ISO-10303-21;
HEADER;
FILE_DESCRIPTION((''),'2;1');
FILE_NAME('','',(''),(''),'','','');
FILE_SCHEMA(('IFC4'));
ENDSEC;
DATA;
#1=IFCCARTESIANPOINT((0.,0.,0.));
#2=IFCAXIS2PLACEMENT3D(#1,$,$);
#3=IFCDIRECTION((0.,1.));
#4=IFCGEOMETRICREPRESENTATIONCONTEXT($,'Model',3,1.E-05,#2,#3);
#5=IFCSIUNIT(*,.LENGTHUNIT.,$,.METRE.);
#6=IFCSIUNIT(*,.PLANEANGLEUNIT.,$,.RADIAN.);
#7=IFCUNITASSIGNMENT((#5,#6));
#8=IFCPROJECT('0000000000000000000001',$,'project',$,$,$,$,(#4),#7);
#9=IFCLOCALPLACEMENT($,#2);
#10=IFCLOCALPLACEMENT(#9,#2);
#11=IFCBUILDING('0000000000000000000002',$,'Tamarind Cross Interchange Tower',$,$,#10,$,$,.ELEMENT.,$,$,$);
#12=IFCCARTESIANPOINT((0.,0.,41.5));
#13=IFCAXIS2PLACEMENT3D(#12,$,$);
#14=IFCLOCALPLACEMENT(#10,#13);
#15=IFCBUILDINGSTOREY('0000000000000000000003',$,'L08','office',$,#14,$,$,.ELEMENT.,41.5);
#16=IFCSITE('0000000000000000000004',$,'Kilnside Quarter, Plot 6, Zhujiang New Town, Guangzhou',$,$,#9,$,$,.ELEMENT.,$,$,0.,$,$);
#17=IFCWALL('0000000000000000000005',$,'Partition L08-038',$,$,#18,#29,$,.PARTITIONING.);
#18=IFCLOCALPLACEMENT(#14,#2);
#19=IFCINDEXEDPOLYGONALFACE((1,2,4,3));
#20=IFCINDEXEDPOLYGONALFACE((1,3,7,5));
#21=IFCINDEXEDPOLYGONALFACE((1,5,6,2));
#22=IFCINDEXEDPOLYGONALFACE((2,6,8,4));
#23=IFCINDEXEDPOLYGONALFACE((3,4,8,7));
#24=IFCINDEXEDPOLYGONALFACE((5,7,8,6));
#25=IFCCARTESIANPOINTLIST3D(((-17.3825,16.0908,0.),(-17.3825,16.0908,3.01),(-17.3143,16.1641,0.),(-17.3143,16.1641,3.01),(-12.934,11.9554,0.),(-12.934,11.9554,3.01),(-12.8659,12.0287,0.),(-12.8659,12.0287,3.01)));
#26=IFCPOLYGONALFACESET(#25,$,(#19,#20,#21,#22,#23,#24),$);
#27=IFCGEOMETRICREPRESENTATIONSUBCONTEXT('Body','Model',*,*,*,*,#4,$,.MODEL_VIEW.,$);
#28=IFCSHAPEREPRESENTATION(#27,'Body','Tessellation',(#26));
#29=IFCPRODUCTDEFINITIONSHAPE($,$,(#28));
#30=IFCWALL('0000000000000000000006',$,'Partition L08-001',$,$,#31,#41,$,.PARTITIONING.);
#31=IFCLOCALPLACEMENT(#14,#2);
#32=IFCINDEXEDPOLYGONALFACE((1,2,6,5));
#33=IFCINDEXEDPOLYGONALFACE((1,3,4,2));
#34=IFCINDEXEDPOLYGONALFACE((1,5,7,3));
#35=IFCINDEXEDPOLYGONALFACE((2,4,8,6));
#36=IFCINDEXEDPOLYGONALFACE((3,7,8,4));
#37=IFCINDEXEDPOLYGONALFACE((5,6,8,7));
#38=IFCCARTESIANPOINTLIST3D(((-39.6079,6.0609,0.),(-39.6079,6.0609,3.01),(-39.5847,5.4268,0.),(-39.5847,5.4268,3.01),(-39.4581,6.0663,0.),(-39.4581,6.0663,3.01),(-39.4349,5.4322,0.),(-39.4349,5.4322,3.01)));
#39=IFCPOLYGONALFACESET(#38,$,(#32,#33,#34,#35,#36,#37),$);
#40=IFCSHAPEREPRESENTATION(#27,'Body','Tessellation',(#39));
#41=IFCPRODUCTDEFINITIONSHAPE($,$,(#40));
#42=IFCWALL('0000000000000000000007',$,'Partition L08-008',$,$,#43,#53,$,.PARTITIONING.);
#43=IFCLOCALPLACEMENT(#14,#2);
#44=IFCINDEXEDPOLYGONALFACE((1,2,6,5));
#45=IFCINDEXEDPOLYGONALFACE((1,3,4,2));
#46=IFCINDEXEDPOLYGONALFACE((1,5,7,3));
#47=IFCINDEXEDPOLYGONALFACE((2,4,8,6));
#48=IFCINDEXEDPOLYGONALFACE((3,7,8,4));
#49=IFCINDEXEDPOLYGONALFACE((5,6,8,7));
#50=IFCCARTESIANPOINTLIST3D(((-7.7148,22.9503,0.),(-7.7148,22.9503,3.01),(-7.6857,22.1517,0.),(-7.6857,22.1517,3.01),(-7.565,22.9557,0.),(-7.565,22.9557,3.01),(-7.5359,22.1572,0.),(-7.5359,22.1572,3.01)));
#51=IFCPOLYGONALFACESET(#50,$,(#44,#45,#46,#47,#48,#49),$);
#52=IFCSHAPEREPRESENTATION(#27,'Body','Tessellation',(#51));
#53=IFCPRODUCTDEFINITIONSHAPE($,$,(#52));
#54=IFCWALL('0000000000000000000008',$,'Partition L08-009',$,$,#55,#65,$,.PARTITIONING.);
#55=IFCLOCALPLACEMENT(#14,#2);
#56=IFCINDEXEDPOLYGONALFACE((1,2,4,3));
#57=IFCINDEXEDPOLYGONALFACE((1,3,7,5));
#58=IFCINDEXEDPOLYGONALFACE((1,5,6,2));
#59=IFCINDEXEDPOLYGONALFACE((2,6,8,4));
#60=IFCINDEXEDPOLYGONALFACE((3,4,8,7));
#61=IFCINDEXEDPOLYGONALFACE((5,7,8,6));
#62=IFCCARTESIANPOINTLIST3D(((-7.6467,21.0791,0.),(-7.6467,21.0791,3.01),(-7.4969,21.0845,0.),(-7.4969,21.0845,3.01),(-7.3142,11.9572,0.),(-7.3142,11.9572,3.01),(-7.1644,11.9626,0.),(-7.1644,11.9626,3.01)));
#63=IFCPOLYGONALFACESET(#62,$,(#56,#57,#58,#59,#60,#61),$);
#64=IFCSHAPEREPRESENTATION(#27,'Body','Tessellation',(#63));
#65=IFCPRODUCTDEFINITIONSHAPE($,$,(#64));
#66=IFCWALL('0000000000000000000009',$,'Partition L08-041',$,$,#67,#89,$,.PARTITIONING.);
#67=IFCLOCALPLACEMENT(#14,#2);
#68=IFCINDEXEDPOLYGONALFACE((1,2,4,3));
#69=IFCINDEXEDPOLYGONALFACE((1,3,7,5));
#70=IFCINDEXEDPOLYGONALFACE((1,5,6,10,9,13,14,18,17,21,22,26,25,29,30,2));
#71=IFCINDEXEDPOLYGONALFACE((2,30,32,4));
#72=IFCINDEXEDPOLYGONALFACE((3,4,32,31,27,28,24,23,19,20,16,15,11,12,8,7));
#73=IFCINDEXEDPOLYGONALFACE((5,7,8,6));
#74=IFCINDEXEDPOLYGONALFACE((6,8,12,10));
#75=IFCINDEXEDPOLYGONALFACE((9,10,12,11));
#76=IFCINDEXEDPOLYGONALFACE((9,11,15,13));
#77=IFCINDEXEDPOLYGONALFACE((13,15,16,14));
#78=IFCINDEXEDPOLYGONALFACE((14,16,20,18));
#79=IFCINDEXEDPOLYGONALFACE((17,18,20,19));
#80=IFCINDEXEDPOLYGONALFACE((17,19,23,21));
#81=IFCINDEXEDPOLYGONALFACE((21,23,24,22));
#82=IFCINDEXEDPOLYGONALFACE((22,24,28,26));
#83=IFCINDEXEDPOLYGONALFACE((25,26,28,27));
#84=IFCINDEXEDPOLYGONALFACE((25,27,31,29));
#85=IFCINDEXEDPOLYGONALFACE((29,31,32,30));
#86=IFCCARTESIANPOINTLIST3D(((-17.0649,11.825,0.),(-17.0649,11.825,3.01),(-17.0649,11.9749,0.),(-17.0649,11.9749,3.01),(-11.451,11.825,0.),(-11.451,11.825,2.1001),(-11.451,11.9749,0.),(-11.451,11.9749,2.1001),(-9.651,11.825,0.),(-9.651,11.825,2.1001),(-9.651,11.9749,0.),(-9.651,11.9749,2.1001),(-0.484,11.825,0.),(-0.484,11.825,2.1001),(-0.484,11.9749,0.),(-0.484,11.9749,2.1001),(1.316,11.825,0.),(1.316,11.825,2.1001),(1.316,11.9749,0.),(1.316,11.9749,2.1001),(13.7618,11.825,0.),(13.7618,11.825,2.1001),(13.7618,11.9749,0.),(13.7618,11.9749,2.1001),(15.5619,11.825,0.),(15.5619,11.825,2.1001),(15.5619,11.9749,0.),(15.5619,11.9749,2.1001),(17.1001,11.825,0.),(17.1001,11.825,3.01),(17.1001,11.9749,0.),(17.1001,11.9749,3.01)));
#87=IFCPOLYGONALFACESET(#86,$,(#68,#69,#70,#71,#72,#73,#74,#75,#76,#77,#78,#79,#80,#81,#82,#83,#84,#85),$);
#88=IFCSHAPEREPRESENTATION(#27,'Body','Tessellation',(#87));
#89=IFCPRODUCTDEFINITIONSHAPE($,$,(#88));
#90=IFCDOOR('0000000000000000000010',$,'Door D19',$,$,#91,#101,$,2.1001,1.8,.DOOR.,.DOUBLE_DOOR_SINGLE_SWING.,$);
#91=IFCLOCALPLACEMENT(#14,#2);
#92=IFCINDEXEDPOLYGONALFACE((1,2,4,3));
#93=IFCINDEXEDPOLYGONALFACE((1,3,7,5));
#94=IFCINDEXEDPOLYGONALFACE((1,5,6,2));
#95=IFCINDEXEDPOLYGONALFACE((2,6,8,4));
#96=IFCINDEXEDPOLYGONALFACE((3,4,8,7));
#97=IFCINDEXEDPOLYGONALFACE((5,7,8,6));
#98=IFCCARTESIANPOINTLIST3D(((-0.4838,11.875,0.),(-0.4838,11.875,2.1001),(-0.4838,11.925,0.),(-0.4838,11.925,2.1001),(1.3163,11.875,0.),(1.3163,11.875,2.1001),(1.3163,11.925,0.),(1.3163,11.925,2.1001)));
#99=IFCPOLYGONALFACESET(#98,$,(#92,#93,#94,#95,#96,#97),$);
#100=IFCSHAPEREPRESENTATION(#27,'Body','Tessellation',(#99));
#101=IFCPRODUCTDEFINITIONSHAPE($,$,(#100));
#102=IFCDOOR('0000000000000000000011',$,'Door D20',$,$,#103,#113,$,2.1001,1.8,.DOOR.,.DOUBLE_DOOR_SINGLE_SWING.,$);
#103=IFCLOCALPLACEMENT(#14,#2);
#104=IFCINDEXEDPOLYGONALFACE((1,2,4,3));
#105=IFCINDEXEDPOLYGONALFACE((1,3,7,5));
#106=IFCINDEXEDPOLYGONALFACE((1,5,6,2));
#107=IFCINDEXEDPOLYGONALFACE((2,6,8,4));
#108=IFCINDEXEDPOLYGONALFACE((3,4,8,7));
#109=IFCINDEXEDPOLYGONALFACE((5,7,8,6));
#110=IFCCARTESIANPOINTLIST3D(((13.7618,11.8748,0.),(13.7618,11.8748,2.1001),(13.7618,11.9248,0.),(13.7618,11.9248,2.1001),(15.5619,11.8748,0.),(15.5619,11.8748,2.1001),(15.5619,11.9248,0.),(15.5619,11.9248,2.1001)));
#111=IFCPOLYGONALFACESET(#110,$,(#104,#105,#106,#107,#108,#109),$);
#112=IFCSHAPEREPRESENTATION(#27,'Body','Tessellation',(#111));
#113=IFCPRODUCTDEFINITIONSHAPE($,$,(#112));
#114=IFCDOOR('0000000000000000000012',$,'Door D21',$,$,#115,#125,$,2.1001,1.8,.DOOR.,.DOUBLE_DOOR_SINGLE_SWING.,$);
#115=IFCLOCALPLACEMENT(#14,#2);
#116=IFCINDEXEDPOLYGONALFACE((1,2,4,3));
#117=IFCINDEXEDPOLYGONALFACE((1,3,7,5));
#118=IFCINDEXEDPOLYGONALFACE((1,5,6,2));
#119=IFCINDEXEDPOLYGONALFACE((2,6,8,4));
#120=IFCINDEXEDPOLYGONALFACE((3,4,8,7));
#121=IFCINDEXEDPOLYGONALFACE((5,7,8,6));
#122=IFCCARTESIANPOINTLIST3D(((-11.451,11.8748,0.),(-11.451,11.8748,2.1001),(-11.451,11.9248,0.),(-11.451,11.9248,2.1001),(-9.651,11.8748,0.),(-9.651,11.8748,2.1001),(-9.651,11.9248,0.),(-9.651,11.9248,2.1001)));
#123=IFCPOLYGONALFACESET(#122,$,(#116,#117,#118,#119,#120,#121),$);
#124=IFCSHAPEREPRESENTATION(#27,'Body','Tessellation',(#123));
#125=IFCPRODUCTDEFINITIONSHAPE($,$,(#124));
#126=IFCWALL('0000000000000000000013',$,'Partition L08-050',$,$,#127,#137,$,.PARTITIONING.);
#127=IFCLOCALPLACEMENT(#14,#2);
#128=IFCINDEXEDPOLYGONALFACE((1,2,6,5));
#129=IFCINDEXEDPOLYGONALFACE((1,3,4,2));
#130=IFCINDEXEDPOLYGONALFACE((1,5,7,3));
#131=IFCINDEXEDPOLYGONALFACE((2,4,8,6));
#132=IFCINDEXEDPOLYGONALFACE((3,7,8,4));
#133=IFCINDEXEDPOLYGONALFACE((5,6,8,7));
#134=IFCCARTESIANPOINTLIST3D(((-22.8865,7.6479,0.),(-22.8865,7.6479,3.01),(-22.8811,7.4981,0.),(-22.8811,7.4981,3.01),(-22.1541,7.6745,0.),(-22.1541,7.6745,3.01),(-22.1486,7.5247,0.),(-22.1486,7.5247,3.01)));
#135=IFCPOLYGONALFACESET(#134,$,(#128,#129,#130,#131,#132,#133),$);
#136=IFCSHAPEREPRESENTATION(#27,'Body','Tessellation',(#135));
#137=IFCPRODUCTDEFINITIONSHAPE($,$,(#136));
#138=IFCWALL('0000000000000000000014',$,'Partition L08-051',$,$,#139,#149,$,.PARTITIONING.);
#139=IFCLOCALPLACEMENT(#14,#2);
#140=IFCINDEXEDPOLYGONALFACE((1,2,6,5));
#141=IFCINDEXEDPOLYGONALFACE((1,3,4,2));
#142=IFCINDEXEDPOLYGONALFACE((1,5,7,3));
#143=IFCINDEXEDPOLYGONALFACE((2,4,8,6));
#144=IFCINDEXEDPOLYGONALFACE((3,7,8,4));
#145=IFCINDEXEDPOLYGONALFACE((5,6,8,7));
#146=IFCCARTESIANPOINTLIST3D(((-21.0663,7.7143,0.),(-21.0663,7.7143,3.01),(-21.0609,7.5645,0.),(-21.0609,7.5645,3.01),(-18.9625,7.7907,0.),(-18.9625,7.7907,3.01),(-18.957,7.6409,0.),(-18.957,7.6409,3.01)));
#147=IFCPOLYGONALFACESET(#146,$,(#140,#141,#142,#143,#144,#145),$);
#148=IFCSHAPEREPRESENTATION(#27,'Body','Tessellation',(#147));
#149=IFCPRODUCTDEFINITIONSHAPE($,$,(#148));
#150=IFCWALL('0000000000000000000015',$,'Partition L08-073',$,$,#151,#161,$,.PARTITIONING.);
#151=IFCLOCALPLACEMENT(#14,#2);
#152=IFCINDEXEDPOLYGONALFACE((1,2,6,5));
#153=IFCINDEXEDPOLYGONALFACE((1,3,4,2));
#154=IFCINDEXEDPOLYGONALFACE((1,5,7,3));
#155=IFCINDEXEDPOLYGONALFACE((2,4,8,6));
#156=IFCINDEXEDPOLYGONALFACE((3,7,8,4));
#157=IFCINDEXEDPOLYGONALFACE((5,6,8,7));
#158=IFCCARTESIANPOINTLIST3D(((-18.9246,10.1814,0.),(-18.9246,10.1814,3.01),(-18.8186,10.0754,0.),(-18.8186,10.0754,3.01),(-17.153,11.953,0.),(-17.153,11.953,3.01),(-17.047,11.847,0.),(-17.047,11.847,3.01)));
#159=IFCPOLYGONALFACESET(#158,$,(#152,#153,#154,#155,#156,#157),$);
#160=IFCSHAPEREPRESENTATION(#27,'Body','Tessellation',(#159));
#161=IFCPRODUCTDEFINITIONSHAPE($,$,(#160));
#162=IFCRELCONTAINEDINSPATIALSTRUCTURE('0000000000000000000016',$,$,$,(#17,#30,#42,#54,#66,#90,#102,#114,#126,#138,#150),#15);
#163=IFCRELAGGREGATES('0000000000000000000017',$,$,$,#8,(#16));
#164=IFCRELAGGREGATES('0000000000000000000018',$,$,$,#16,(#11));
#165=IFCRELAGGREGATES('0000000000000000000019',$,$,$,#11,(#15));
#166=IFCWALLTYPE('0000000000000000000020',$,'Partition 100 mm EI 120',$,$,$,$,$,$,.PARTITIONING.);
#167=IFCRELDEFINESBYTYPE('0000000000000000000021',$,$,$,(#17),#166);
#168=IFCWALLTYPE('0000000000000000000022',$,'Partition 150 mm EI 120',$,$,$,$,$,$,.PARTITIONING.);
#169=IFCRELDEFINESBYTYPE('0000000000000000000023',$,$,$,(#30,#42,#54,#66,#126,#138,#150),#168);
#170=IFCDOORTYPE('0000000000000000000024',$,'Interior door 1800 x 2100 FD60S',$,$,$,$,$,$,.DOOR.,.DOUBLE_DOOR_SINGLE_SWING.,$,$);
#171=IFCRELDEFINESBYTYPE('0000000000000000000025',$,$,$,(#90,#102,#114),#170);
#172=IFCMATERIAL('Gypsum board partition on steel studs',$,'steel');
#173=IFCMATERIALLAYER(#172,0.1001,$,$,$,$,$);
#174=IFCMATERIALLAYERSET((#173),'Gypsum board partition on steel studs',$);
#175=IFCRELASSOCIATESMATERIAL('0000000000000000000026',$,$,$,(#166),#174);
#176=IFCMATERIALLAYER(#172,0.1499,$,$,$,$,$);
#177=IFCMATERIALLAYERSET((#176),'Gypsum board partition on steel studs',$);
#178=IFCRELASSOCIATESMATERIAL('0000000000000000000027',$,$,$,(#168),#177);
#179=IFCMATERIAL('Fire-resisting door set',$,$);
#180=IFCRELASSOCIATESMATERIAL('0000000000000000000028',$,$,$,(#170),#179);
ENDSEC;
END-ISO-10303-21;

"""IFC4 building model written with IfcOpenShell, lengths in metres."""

from ifc_helpers import new_model, si_unit, direction, frame, frame_2d, origin, place, context, subcontext, project, spatial, rectangle, extrude, material, layer, layer_set, type_object, element, fill, save


model = new_model("IFC4")

# Units and contexts
model_context = context("Model", 3, precision=1e-05, world=origin(), true_north=direction((0.0, 1.0)))
body_context = subcontext(model_context, "Body", "Model", "MODEL_VIEW")
ifc_project = project(units=[si_unit("LENGTHUNIT", "METRE"), si_unit("PLANEANGLEUNIT", "RADIAN")], contexts=[model_context])

# Site, building, storey
site_placement = place(None, origin())
site = spatial("IfcSite", under=ifc_project, at=site_placement, Name="Kilnside Quarter, Plot 6, Zhujiang New Town, Guangzhou", CompositionType="ELEMENT", RefElevation=0.0)
building_placement = place(site_placement, origin())
building = spatial("IfcBuilding", under=site, at=building_placement, Name="Tamarind Cross Interchange Tower", CompositionType="ELEMENT")
storey_placement = place(building_placement, frame((0.0, 0.0, 41.5)))
storey = spatial("IfcBuildingStorey", under=building, at=storey_placement, Name="L08", Description="office", CompositionType="ELEMENT", Elevation=41.5)

# Walls
ifc_material_1 = material(Name="Gypsum board partition on steel studs", Category="steel")
ifc_layer_1 = layer(ifc_material_1, 0.1001)
ifc_layer_set_1 = layer_set([ifc_layer_1], Name="Gypsum board partition on steel studs")
wall_type_1 = type_object("IfcWallType", Name="Partition 100 mm EI 120", PredefinedType="PARTITIONING", material=ifc_layer_set_1)
wall_1_placement = place(storey_placement, frame((-17.3484, 16.1274, 0.0), z_axis=(0.0, 0.0, 1.0), x_axis=(0.732403, -0.680872, 0.0)))
element("IfcWall", 1, at=wall_1_placement, inside=storey, type_object=wall_type_1, Name="Partition L08-038", PredefinedType="PARTITIONING", context=body_context, shape_type="SweptSolid", body=[
    extrude(rectangle(XDim=6.0737, YDim=0.1001, at=frame_2d((3.0369, 0.0))), origin(), (0.0, 0.0, 1.0), 3.01),
])
ifc_layer_2 = layer(ifc_material_1, 0.1499)
ifc_layer_set_2 = layer_set([ifc_layer_2], Name="Gypsum board partition on steel studs")
wall_type_2 = type_object("IfcWallType", Name="Partition 150 mm EI 120", PredefinedType="PARTITIONING", material=ifc_layer_set_2)
wall_2_placement = place(storey_placement, frame((-39.533, 6.0637, 0.0), z_axis=(0.0, 0.0, 1.0), x_axis=(0.036556, -0.999332, 0.0)))
element("IfcWall", 2, at=wall_2_placement, inside=storey, type_object=wall_type_2, Name="Partition L08-001", PredefinedType="PARTITIONING", context=body_context, shape_type="SweptSolid", body=[
    extrude(rectangle(XDim=0.6345, YDim=0.1499, at=frame_2d((0.3174, 0.0))), origin(), (0.0, 0.0, 1.0), 3.01),
])
wall_3_placement = place(storey_placement, frame((-7.6399, 22.9529, 0.0), z_axis=(0.0, 0.0, 1.0), x_axis=(0.036356, -0.999339, 0.0)))
element("IfcWall", 3, at=wall_3_placement, inside=storey, type_object=wall_type_2, Name="Partition L08-008", PredefinedType="PARTITIONING", context=body_context, shape_type="SweptSolid", body=[
    extrude(rectangle(XDim=0.7991, YDim=0.1499, at=frame_2d((0.3994, 0.0))), origin(), (0.0, 0.0, 1.0), 3.01),
])
wall_4_placement = place(storey_placement, frame((-7.5718, 21.0818, 0.0), z_axis=(0.0, 0.0, 1.0), x_axis=(0.036429, -0.999336, 0.0)))
element("IfcWall", 4, at=wall_4_placement, inside=storey, type_object=wall_type_2, Name="Partition L08-009", PredefinedType="PARTITIONING", context=body_context, shape_type="SweptSolid", body=[
    extrude(rectangle(XDim=9.1279, YDim=0.1499, at=frame_2d((4.564, 0.0))), origin(), (0.0, 0.0, 1.0), 3.01),
])

# Wall, openings, doors
wall_5_placement = place(storey_placement, frame((-17.0649, 11.8999, 0.0), z_axis=(0.0, 0.0, 1.0), x_axis=(1.0, 0.0, 0.0)))
wall_5 = element("IfcWall", 5, at=wall_5_placement, inside=storey, type_object=wall_type_2, Name="Partition L08-041", PredefinedType="PARTITIONING", context=body_context, shape_type="SweptSolid", body=[
    extrude(rectangle(XDim=34.165, YDim=0.1499, at=frame_2d((17.0825, 0.0))), origin(), (0.0, 0.0, 1.0), 3.01),
])
opening_1_placement = place(wall_5_placement, frame((16.5811, 0.0, 0.0)))
opening_1 = element("IfcOpeningElement", 6, at=opening_1_placement, cuts=wall_5, PredefinedType="OPENING", context=body_context, shape_type="SweptSolid", body=[
    extrude(rectangle(XDim=1.8, YDim=2.1001, at=frame_2d((0.8999, 1.05))), frame((0.0, 0.085, 0.0), z_axis=(0.0, -1.0, 0.0), x_axis=(1.0, 0.0, 0.0)), (0.0, 0.0, 1.0), 0.1699),
])
opening_2_placement = place(wall_5_placement, frame((30.8269, 0.0, 0.0)))
opening_2 = element("IfcOpeningElement", 7, at=opening_2_placement, cuts=wall_5, PredefinedType="OPENING", context=body_context, shape_type="SweptSolid", body=[
    extrude(rectangle(XDim=1.8, YDim=2.1001, at=frame_2d((0.8999, 1.05))), frame((0.0, 0.085, 0.0), z_axis=(0.0, -1.0, 0.0), x_axis=(1.0, 0.0, 0.0)), (0.0, 0.0, 1.0), 0.1699),
])
opening_3_placement = place(wall_5_placement, frame((5.614, 0.0, 0.0)))
opening_3 = element("IfcOpeningElement", 8, at=opening_3_placement, cuts=wall_5, PredefinedType="OPENING", context=body_context, shape_type="SweptSolid", body=[
    extrude(rectangle(XDim=1.8, YDim=2.1001, at=frame_2d((0.8999, 1.05))), frame((0.0, 0.085, 0.0), z_axis=(0.0, -1.0, 0.0), x_axis=(1.0, 0.0, 0.0)), (0.0, 0.0, 1.0), 0.1699),
])
ifc_material_2 = material(Name="Fire-resisting door set")
door_type_1 = type_object("IfcDoorType", Name="Interior door 1800 x 2100 FD60S", OperationType="DOUBLE_DOOR_SINGLE_SWING", PredefinedType="DOOR", material=ifc_material_2)
door_1_placement = place(opening_1_placement, frame((1.8, 0.0, 0.0), z_axis=(0.0, 0.0, 1.0), x_axis=(-1.0, 0.0, 0.0)))
door_1 = element("IfcDoor", 9, at=door_1_placement, inside=storey, type_object=door_type_1, Name="Door D19", OperationType="DOUBLE_DOOR_SINGLE_SWING", OverallHeight=2.1001, OverallWidth=1.8, PredefinedType="DOOR", context=body_context, shape_type="SweptSolid", body=[
    extrude(rectangle(XDim=1.8, YDim=2.1001, at=frame_2d((0.8999, 1.05))), frame((0.0, 0.0249, 0.0), z_axis=(0.0, -1.0, 0.0), x_axis=(1.0, 0.0, 0.0)), (0.0, 0.0, 1.0), 0.05),
])
fill(opening_1, door_1)
door_2_placement = place(opening_2_placement, origin())
door_2 = element("IfcDoor", 10, at=door_2_placement, inside=storey, type_object=door_type_1, Name="Door D20", OperationType="DOUBLE_DOOR_SINGLE_SWING", OverallHeight=2.1001, OverallWidth=1.8, PredefinedType="DOOR", context=body_context, shape_type="SweptSolid", body=[
    extrude(rectangle(XDim=1.8, YDim=2.1001, at=frame_2d((0.8999, 1.05))), frame((0.0, 0.0249, 0.0), z_axis=(0.0, -1.0, 0.0), x_axis=(1.0, 0.0, 0.0)), (0.0, 0.0, 1.0), 0.05),
])
fill(opening_2, door_2)
door_3_placement = place(opening_3_placement, origin())
door_3 = element("IfcDoor", 11, at=door_3_placement, inside=storey, type_object=door_type_1, Name="Door D21", OperationType="DOUBLE_DOOR_SINGLE_SWING", OverallHeight=2.1001, OverallWidth=1.8, PredefinedType="DOOR", context=body_context, shape_type="SweptSolid", body=[
    extrude(rectangle(XDim=1.8, YDim=2.1001, at=frame_2d((0.8999, 1.05))), frame((0.0, 0.0249, 0.0), z_axis=(0.0, -1.0, 0.0), x_axis=(1.0, 0.0, 0.0)), (0.0, 0.0, 1.0), 0.05),
])
fill(opening_3, door_3)

# Walls
wall_6_placement = place(storey_placement, frame((-22.8838, 7.573, 0.0), z_axis=(0.0, 0.0, 1.0), x_axis=(0.999341, 0.036309, 0.0)))
element("IfcWall", 12, at=wall_6_placement, inside=storey, type_object=wall_type_2, Name="Partition L08-050", PredefinedType="PARTITIONING", context=body_context, shape_type="SweptSolid", body=[
    extrude(rectangle(XDim=0.7329, YDim=0.1499, at=frame_2d((0.3665, 0.0))), origin(), (0.0, 0.0, 1.0), 3.01),
])
wall_7_placement = place(storey_placement, frame((-21.0637, 7.6394, 0.0), z_axis=(0.0, 0.0, 1.0), x_axis=(0.999341, 0.0363, 0.0)))
element("IfcWall", 13, at=wall_7_placement, inside=storey, type_object=wall_type_2, Name="Partition L08-051", PredefinedType="PARTITIONING", context=body_context, shape_type="SweptSolid", body=[
    extrude(rectangle(XDim=2.1052, YDim=0.1499, at=frame_2d((1.0527, 0.0))), origin(), (0.0, 0.0, 1.0), 3.01),
])
wall_8_placement = place(storey_placement, frame((-18.8716, 10.1284, 0.0), z_axis=(0.0, 0.0, 1.0), x_axis=(0.707107, 0.707107, 0.0)))
element("IfcWall", 14, at=wall_8_placement, inside=storey, type_object=wall_type_2, Name="Partition L08-073", PredefinedType="PARTITIONING", context=body_context, shape_type="SweptSolid", body=[
    extrude(rectangle(XDim=2.5054, YDim=0.1499, at=frame_2d((1.2527, 0.0))), origin(), (0.0, 0.0, 1.0), 3.01),
])

save(model, "model.ifc")
